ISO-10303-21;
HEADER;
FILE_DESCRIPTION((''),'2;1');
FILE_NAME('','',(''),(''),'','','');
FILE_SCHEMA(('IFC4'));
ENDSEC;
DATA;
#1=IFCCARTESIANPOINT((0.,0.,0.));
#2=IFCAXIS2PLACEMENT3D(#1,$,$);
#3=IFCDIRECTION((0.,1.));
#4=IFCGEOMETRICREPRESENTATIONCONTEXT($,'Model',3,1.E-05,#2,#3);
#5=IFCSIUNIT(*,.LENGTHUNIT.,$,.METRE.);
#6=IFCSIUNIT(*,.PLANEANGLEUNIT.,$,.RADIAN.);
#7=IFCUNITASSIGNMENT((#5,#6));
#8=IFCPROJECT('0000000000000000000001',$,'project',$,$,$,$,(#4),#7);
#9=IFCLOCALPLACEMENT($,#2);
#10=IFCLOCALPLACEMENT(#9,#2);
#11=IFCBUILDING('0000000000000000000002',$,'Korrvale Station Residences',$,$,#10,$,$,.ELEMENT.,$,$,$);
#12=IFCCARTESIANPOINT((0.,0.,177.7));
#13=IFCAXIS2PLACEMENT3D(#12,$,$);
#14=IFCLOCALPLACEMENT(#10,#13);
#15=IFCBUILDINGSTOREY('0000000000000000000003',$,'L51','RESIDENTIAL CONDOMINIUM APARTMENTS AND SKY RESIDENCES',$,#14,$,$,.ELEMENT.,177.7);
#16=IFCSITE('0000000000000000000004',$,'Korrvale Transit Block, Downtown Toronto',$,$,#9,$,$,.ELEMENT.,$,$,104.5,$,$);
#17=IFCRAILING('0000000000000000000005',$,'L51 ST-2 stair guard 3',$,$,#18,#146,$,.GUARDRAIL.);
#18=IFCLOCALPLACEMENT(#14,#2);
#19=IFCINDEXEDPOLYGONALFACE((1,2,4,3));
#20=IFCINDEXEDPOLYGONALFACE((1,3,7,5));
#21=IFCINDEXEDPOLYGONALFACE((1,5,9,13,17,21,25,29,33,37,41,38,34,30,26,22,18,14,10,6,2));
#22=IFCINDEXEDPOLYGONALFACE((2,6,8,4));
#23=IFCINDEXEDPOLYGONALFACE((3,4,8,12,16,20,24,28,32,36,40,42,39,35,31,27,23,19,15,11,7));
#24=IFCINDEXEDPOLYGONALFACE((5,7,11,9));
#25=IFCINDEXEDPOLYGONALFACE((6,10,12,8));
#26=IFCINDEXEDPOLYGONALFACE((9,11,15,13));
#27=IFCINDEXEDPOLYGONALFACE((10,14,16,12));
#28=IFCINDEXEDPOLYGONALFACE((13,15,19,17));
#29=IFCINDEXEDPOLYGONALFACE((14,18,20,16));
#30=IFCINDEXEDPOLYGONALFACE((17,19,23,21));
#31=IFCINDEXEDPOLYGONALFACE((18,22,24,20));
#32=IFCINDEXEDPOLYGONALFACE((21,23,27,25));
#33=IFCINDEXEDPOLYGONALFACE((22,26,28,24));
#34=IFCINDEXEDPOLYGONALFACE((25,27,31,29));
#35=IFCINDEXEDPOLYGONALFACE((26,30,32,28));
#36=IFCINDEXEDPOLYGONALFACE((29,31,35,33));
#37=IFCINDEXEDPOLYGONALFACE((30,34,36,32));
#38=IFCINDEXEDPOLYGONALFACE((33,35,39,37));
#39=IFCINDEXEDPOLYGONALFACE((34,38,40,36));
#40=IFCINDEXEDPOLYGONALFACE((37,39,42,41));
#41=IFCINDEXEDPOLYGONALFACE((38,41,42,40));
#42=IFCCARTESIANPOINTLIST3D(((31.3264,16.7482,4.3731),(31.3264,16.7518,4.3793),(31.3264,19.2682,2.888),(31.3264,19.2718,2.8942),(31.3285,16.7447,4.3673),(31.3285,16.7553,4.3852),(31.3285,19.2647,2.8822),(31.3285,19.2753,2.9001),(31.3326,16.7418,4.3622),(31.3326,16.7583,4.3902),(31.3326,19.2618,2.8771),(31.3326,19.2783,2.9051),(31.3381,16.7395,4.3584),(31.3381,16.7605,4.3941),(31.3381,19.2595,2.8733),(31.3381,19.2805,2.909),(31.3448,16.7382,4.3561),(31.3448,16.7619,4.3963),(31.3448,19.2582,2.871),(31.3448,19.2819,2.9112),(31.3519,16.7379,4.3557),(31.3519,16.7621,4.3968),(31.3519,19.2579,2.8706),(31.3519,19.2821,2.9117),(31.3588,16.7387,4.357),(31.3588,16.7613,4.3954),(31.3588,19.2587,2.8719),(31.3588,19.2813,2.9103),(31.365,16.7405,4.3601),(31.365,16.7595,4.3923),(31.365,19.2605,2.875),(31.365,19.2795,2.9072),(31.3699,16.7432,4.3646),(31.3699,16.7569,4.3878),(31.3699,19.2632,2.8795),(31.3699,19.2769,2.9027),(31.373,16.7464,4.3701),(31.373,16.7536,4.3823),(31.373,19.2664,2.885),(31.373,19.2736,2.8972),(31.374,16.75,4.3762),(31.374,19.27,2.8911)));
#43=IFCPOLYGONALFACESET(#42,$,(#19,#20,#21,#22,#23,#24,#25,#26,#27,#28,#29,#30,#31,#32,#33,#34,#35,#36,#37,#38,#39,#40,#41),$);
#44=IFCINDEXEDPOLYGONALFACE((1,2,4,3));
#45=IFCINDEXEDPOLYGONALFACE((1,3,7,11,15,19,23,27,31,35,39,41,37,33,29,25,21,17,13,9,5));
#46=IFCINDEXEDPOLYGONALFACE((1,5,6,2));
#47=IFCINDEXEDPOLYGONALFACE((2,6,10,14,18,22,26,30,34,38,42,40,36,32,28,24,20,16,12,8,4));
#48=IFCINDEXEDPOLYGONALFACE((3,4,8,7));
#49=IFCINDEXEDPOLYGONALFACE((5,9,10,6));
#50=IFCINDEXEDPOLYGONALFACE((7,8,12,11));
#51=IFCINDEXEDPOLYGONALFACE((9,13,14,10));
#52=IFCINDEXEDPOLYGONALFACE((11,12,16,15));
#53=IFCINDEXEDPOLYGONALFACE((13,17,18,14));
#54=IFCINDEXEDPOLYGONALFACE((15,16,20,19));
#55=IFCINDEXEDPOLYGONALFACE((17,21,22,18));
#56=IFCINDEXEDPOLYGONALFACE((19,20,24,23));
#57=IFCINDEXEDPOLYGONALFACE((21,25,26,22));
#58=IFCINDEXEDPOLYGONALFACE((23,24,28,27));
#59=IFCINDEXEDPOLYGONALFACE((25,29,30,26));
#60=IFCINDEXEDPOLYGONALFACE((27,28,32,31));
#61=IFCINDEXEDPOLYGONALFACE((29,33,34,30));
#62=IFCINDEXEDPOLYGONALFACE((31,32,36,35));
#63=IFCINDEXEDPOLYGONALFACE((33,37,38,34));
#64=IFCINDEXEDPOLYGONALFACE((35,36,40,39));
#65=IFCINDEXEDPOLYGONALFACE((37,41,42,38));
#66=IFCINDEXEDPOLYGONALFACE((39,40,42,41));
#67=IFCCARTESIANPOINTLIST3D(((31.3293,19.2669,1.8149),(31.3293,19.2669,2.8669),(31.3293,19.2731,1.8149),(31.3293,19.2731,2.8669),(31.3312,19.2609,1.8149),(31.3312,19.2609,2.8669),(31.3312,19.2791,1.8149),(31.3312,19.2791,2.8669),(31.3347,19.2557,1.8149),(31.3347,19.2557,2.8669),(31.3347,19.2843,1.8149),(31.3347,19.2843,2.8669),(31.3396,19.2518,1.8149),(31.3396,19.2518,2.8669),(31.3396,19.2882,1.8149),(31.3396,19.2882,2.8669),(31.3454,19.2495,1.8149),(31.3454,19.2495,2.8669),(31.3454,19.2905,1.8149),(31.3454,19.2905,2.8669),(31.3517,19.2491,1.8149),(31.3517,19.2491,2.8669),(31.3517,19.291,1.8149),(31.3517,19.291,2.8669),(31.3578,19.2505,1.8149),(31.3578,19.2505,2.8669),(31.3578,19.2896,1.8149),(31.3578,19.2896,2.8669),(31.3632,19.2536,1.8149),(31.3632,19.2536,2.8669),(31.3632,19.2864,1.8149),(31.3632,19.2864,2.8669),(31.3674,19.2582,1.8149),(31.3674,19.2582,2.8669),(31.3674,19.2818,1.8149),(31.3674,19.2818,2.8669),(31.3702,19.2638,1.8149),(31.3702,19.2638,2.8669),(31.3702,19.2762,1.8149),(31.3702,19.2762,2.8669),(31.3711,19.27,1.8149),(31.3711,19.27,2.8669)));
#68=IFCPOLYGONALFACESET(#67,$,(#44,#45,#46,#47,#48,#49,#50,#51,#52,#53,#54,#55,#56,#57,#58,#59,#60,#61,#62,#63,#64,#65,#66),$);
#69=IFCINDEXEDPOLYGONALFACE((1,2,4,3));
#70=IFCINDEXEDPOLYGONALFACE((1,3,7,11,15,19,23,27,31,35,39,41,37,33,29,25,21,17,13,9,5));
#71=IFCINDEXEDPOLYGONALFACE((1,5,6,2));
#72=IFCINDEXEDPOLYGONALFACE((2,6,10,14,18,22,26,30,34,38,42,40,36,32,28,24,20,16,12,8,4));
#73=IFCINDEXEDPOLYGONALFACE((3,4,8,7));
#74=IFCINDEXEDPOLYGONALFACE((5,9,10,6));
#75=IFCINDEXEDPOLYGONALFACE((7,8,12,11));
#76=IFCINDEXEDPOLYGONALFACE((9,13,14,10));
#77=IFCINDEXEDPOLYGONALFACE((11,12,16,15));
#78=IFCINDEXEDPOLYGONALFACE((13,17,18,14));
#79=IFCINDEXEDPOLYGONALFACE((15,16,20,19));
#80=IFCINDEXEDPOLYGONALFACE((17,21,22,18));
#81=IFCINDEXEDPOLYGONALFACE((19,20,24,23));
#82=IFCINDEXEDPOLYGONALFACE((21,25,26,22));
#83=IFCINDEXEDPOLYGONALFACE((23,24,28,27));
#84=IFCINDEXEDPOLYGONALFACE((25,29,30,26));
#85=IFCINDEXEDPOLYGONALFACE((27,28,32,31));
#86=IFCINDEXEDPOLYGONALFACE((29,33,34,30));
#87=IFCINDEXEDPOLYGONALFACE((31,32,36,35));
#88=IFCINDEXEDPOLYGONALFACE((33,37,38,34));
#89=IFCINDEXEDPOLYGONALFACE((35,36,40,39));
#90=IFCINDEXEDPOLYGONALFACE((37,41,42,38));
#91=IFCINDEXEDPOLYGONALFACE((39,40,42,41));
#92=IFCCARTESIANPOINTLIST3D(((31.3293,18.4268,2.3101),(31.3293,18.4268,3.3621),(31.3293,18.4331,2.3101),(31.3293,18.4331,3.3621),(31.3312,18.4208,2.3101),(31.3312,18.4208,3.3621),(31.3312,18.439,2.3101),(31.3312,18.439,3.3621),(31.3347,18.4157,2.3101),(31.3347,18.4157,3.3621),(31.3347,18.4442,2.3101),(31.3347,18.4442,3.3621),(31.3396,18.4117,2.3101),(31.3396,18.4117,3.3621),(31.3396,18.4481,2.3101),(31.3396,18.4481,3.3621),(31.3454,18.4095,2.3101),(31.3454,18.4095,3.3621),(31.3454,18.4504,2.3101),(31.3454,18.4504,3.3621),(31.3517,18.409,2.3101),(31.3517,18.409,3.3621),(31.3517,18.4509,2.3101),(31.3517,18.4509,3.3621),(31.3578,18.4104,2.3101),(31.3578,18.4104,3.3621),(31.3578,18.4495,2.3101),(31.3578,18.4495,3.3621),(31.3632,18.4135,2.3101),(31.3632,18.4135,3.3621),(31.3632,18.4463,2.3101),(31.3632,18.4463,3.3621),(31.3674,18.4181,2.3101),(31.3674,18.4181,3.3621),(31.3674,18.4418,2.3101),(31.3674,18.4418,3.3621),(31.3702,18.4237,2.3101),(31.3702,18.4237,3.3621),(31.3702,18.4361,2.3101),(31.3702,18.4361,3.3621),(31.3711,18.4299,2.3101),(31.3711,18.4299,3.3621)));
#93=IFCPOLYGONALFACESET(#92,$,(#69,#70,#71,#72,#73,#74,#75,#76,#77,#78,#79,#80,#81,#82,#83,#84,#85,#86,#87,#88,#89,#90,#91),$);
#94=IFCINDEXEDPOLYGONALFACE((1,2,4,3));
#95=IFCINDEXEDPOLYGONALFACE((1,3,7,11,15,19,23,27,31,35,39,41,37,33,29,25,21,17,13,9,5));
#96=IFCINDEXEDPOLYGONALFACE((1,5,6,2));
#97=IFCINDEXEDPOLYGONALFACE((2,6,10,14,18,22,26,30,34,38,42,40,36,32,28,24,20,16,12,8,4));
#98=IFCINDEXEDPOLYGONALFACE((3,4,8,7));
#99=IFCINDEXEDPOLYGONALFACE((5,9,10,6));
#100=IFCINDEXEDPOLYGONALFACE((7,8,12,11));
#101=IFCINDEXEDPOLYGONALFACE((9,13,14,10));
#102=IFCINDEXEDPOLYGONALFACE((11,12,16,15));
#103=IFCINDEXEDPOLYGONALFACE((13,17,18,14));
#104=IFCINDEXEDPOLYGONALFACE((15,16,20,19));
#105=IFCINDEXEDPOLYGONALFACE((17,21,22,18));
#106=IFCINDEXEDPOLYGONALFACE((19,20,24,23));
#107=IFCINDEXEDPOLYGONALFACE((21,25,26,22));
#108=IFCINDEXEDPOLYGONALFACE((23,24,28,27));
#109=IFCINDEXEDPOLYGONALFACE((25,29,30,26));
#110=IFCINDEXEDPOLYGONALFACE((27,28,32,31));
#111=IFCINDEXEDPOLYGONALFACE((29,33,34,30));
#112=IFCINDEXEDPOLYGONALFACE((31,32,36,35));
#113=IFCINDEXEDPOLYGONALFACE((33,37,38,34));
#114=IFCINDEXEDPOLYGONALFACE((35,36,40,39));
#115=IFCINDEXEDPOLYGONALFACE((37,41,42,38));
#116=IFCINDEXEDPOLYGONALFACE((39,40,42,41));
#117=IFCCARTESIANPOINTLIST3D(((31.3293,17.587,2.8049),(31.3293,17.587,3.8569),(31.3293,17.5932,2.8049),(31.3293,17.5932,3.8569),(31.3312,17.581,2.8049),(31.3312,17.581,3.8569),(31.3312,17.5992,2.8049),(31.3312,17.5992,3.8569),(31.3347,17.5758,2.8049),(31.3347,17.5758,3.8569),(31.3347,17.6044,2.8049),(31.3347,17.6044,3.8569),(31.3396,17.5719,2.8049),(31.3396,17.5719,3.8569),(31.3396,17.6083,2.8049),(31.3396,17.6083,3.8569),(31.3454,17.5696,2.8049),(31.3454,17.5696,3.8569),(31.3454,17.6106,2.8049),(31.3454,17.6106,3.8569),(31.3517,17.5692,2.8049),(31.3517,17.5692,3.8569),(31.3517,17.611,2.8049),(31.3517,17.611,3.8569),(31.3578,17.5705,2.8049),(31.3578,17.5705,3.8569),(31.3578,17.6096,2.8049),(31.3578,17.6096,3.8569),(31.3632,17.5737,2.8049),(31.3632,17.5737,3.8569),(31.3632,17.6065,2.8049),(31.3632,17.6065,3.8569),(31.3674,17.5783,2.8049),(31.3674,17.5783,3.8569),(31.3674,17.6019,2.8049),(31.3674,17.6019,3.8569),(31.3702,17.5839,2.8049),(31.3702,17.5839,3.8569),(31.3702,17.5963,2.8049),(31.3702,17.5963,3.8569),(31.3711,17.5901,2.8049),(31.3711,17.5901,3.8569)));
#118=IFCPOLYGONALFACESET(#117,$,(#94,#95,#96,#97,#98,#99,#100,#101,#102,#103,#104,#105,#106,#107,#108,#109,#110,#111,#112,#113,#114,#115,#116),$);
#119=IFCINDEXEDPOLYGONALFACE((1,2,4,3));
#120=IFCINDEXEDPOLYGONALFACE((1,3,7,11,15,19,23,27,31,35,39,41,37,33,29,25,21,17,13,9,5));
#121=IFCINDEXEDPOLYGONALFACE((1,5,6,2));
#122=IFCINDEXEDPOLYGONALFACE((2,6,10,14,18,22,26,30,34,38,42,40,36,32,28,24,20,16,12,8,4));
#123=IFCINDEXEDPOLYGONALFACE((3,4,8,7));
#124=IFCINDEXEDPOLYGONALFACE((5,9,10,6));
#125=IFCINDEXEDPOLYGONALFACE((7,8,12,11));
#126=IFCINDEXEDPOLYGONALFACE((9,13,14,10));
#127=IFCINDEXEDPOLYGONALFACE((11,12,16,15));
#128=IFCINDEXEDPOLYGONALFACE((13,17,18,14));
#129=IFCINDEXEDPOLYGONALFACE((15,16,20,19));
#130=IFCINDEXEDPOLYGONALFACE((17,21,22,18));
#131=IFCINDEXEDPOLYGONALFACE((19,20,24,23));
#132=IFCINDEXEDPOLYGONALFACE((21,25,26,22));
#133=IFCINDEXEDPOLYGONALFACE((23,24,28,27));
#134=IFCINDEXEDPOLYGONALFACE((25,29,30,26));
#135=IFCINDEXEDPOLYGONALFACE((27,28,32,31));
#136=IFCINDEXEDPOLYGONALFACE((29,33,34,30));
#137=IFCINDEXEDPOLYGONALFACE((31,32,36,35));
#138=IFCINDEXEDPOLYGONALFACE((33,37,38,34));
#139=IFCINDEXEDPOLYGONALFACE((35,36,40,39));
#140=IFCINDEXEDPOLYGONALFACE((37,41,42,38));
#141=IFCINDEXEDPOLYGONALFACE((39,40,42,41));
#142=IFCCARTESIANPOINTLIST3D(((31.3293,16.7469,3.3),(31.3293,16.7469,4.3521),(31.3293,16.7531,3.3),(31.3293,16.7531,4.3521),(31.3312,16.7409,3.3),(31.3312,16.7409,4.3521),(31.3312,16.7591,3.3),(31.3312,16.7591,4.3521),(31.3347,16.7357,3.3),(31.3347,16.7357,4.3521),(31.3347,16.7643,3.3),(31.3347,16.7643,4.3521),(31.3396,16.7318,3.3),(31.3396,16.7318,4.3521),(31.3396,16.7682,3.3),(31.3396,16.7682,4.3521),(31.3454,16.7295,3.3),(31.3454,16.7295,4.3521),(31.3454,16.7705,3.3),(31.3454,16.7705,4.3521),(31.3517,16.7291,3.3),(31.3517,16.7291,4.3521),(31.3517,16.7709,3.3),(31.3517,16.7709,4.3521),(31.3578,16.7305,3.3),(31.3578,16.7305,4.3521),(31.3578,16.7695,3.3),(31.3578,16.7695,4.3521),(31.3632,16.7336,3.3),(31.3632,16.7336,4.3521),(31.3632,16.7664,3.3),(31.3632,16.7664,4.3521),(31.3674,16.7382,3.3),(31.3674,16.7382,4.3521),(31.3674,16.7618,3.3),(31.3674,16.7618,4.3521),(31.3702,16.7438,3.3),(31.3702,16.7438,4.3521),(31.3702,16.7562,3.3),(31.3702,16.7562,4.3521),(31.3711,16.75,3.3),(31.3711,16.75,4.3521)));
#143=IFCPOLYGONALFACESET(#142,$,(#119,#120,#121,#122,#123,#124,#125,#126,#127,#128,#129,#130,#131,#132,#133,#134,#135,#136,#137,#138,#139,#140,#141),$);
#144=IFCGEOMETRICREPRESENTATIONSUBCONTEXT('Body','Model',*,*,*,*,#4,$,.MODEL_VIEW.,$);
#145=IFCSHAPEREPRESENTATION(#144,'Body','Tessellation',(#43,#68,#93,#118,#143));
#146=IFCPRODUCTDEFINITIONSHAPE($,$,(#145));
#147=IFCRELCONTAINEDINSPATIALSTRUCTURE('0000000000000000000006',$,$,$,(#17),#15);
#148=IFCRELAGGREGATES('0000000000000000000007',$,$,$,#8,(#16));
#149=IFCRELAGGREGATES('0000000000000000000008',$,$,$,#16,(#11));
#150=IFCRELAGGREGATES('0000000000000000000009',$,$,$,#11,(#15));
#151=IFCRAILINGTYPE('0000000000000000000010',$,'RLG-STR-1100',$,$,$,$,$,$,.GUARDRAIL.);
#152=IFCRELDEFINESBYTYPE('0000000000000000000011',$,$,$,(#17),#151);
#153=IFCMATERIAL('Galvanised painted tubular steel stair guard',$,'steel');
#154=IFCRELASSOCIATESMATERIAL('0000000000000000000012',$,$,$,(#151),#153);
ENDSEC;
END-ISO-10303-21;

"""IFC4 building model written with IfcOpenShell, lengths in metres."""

from ifc_helpers import new_model, si_unit, direction, frame, origin, origin_2d, place, context, subcontext, project, spatial, circle, extrude, material, type_object, element, save


model = new_model("IFC4")

# Units and contexts
model_context = context("Model", 3, precision=1e-05, world=origin(), true_north=direction((0.0, 1.0)))
body_context = subcontext(model_context, "Body", "Model", "MODEL_VIEW")
ifc_project = project(units=[si_unit("LENGTHUNIT", "METRE"), si_unit("PLANEANGLEUNIT", "RADIAN")], contexts=[model_context])

# Site, building, storey
site_placement = place(None, origin())
site = spatial("IfcSite", under=ifc_project, at=site_placement, Name="Korrvale Transit Block, Downtown Toronto", CompositionType="ELEMENT", RefElevation=104.5)
building_placement = place(site_placement, origin())
building = spatial("IfcBuilding", under=site, at=building_placement, Name="Korrvale Station Residences", CompositionType="ELEMENT")
storey_placement = place(building_placement, frame((0.0, 0.0, 177.7)))
storey = spatial("IfcBuildingStorey", under=building, at=storey_placement, Name="L51", Description="RESIDENTIAL CONDOMINIUM APARTMENTS AND SKY RESIDENCES", CompositionType="ELEMENT", Elevation=177.7)

# Railing
ifc_material_1 = material(Name="Galvanised painted tubular steel stair guard", Category="steel")
railing_type_1 = type_object("IfcRailingType", Name="RLG-STR-1100", PredefinedType="GUARDRAIL", material=ifc_material_1)
railing_1_placement = place(storey_placement, frame((31.3501, 19.27, 1.8149)))
element("IfcRailing", 1, at=railing_1_placement, inside=storey, type_object=railing_type_1, Name="L51 ST-2 stair guard 3", PredefinedType="GUARDRAIL", context=body_context, shape_type="SweptSolid", body=[
    extrude(circle(Radius=0.0239, at=origin_2d()), frame((0.0, 0.0, 1.0762), z_axis=(0.0, -0.861524, 0.507717), x_axis=(1.0, 0.0, 0.0)), (0.0, 0.0, 1.0), 2.925),
    extrude(circle(Radius=0.021, at=origin_2d()), origin(), (0.0, 0.0, 1.0), 1.052),
    extrude(circle(Radius=0.021, at=origin_2d()), frame((0.0, -0.8401, 0.4951)), (0.0, 0.0, 1.0), 1.052),
    extrude(circle(Radius=0.021, at=origin_2d()), frame((0.0, -1.6799, 0.99)), (0.0, 0.0, 1.0), 1.052),
    extrude(circle(Radius=0.021, at=origin_2d()), frame((0.0, -2.52, 1.4851)), (0.0, 0.0, 1.0), 1.052),
])

save(model, "model.ifc")
